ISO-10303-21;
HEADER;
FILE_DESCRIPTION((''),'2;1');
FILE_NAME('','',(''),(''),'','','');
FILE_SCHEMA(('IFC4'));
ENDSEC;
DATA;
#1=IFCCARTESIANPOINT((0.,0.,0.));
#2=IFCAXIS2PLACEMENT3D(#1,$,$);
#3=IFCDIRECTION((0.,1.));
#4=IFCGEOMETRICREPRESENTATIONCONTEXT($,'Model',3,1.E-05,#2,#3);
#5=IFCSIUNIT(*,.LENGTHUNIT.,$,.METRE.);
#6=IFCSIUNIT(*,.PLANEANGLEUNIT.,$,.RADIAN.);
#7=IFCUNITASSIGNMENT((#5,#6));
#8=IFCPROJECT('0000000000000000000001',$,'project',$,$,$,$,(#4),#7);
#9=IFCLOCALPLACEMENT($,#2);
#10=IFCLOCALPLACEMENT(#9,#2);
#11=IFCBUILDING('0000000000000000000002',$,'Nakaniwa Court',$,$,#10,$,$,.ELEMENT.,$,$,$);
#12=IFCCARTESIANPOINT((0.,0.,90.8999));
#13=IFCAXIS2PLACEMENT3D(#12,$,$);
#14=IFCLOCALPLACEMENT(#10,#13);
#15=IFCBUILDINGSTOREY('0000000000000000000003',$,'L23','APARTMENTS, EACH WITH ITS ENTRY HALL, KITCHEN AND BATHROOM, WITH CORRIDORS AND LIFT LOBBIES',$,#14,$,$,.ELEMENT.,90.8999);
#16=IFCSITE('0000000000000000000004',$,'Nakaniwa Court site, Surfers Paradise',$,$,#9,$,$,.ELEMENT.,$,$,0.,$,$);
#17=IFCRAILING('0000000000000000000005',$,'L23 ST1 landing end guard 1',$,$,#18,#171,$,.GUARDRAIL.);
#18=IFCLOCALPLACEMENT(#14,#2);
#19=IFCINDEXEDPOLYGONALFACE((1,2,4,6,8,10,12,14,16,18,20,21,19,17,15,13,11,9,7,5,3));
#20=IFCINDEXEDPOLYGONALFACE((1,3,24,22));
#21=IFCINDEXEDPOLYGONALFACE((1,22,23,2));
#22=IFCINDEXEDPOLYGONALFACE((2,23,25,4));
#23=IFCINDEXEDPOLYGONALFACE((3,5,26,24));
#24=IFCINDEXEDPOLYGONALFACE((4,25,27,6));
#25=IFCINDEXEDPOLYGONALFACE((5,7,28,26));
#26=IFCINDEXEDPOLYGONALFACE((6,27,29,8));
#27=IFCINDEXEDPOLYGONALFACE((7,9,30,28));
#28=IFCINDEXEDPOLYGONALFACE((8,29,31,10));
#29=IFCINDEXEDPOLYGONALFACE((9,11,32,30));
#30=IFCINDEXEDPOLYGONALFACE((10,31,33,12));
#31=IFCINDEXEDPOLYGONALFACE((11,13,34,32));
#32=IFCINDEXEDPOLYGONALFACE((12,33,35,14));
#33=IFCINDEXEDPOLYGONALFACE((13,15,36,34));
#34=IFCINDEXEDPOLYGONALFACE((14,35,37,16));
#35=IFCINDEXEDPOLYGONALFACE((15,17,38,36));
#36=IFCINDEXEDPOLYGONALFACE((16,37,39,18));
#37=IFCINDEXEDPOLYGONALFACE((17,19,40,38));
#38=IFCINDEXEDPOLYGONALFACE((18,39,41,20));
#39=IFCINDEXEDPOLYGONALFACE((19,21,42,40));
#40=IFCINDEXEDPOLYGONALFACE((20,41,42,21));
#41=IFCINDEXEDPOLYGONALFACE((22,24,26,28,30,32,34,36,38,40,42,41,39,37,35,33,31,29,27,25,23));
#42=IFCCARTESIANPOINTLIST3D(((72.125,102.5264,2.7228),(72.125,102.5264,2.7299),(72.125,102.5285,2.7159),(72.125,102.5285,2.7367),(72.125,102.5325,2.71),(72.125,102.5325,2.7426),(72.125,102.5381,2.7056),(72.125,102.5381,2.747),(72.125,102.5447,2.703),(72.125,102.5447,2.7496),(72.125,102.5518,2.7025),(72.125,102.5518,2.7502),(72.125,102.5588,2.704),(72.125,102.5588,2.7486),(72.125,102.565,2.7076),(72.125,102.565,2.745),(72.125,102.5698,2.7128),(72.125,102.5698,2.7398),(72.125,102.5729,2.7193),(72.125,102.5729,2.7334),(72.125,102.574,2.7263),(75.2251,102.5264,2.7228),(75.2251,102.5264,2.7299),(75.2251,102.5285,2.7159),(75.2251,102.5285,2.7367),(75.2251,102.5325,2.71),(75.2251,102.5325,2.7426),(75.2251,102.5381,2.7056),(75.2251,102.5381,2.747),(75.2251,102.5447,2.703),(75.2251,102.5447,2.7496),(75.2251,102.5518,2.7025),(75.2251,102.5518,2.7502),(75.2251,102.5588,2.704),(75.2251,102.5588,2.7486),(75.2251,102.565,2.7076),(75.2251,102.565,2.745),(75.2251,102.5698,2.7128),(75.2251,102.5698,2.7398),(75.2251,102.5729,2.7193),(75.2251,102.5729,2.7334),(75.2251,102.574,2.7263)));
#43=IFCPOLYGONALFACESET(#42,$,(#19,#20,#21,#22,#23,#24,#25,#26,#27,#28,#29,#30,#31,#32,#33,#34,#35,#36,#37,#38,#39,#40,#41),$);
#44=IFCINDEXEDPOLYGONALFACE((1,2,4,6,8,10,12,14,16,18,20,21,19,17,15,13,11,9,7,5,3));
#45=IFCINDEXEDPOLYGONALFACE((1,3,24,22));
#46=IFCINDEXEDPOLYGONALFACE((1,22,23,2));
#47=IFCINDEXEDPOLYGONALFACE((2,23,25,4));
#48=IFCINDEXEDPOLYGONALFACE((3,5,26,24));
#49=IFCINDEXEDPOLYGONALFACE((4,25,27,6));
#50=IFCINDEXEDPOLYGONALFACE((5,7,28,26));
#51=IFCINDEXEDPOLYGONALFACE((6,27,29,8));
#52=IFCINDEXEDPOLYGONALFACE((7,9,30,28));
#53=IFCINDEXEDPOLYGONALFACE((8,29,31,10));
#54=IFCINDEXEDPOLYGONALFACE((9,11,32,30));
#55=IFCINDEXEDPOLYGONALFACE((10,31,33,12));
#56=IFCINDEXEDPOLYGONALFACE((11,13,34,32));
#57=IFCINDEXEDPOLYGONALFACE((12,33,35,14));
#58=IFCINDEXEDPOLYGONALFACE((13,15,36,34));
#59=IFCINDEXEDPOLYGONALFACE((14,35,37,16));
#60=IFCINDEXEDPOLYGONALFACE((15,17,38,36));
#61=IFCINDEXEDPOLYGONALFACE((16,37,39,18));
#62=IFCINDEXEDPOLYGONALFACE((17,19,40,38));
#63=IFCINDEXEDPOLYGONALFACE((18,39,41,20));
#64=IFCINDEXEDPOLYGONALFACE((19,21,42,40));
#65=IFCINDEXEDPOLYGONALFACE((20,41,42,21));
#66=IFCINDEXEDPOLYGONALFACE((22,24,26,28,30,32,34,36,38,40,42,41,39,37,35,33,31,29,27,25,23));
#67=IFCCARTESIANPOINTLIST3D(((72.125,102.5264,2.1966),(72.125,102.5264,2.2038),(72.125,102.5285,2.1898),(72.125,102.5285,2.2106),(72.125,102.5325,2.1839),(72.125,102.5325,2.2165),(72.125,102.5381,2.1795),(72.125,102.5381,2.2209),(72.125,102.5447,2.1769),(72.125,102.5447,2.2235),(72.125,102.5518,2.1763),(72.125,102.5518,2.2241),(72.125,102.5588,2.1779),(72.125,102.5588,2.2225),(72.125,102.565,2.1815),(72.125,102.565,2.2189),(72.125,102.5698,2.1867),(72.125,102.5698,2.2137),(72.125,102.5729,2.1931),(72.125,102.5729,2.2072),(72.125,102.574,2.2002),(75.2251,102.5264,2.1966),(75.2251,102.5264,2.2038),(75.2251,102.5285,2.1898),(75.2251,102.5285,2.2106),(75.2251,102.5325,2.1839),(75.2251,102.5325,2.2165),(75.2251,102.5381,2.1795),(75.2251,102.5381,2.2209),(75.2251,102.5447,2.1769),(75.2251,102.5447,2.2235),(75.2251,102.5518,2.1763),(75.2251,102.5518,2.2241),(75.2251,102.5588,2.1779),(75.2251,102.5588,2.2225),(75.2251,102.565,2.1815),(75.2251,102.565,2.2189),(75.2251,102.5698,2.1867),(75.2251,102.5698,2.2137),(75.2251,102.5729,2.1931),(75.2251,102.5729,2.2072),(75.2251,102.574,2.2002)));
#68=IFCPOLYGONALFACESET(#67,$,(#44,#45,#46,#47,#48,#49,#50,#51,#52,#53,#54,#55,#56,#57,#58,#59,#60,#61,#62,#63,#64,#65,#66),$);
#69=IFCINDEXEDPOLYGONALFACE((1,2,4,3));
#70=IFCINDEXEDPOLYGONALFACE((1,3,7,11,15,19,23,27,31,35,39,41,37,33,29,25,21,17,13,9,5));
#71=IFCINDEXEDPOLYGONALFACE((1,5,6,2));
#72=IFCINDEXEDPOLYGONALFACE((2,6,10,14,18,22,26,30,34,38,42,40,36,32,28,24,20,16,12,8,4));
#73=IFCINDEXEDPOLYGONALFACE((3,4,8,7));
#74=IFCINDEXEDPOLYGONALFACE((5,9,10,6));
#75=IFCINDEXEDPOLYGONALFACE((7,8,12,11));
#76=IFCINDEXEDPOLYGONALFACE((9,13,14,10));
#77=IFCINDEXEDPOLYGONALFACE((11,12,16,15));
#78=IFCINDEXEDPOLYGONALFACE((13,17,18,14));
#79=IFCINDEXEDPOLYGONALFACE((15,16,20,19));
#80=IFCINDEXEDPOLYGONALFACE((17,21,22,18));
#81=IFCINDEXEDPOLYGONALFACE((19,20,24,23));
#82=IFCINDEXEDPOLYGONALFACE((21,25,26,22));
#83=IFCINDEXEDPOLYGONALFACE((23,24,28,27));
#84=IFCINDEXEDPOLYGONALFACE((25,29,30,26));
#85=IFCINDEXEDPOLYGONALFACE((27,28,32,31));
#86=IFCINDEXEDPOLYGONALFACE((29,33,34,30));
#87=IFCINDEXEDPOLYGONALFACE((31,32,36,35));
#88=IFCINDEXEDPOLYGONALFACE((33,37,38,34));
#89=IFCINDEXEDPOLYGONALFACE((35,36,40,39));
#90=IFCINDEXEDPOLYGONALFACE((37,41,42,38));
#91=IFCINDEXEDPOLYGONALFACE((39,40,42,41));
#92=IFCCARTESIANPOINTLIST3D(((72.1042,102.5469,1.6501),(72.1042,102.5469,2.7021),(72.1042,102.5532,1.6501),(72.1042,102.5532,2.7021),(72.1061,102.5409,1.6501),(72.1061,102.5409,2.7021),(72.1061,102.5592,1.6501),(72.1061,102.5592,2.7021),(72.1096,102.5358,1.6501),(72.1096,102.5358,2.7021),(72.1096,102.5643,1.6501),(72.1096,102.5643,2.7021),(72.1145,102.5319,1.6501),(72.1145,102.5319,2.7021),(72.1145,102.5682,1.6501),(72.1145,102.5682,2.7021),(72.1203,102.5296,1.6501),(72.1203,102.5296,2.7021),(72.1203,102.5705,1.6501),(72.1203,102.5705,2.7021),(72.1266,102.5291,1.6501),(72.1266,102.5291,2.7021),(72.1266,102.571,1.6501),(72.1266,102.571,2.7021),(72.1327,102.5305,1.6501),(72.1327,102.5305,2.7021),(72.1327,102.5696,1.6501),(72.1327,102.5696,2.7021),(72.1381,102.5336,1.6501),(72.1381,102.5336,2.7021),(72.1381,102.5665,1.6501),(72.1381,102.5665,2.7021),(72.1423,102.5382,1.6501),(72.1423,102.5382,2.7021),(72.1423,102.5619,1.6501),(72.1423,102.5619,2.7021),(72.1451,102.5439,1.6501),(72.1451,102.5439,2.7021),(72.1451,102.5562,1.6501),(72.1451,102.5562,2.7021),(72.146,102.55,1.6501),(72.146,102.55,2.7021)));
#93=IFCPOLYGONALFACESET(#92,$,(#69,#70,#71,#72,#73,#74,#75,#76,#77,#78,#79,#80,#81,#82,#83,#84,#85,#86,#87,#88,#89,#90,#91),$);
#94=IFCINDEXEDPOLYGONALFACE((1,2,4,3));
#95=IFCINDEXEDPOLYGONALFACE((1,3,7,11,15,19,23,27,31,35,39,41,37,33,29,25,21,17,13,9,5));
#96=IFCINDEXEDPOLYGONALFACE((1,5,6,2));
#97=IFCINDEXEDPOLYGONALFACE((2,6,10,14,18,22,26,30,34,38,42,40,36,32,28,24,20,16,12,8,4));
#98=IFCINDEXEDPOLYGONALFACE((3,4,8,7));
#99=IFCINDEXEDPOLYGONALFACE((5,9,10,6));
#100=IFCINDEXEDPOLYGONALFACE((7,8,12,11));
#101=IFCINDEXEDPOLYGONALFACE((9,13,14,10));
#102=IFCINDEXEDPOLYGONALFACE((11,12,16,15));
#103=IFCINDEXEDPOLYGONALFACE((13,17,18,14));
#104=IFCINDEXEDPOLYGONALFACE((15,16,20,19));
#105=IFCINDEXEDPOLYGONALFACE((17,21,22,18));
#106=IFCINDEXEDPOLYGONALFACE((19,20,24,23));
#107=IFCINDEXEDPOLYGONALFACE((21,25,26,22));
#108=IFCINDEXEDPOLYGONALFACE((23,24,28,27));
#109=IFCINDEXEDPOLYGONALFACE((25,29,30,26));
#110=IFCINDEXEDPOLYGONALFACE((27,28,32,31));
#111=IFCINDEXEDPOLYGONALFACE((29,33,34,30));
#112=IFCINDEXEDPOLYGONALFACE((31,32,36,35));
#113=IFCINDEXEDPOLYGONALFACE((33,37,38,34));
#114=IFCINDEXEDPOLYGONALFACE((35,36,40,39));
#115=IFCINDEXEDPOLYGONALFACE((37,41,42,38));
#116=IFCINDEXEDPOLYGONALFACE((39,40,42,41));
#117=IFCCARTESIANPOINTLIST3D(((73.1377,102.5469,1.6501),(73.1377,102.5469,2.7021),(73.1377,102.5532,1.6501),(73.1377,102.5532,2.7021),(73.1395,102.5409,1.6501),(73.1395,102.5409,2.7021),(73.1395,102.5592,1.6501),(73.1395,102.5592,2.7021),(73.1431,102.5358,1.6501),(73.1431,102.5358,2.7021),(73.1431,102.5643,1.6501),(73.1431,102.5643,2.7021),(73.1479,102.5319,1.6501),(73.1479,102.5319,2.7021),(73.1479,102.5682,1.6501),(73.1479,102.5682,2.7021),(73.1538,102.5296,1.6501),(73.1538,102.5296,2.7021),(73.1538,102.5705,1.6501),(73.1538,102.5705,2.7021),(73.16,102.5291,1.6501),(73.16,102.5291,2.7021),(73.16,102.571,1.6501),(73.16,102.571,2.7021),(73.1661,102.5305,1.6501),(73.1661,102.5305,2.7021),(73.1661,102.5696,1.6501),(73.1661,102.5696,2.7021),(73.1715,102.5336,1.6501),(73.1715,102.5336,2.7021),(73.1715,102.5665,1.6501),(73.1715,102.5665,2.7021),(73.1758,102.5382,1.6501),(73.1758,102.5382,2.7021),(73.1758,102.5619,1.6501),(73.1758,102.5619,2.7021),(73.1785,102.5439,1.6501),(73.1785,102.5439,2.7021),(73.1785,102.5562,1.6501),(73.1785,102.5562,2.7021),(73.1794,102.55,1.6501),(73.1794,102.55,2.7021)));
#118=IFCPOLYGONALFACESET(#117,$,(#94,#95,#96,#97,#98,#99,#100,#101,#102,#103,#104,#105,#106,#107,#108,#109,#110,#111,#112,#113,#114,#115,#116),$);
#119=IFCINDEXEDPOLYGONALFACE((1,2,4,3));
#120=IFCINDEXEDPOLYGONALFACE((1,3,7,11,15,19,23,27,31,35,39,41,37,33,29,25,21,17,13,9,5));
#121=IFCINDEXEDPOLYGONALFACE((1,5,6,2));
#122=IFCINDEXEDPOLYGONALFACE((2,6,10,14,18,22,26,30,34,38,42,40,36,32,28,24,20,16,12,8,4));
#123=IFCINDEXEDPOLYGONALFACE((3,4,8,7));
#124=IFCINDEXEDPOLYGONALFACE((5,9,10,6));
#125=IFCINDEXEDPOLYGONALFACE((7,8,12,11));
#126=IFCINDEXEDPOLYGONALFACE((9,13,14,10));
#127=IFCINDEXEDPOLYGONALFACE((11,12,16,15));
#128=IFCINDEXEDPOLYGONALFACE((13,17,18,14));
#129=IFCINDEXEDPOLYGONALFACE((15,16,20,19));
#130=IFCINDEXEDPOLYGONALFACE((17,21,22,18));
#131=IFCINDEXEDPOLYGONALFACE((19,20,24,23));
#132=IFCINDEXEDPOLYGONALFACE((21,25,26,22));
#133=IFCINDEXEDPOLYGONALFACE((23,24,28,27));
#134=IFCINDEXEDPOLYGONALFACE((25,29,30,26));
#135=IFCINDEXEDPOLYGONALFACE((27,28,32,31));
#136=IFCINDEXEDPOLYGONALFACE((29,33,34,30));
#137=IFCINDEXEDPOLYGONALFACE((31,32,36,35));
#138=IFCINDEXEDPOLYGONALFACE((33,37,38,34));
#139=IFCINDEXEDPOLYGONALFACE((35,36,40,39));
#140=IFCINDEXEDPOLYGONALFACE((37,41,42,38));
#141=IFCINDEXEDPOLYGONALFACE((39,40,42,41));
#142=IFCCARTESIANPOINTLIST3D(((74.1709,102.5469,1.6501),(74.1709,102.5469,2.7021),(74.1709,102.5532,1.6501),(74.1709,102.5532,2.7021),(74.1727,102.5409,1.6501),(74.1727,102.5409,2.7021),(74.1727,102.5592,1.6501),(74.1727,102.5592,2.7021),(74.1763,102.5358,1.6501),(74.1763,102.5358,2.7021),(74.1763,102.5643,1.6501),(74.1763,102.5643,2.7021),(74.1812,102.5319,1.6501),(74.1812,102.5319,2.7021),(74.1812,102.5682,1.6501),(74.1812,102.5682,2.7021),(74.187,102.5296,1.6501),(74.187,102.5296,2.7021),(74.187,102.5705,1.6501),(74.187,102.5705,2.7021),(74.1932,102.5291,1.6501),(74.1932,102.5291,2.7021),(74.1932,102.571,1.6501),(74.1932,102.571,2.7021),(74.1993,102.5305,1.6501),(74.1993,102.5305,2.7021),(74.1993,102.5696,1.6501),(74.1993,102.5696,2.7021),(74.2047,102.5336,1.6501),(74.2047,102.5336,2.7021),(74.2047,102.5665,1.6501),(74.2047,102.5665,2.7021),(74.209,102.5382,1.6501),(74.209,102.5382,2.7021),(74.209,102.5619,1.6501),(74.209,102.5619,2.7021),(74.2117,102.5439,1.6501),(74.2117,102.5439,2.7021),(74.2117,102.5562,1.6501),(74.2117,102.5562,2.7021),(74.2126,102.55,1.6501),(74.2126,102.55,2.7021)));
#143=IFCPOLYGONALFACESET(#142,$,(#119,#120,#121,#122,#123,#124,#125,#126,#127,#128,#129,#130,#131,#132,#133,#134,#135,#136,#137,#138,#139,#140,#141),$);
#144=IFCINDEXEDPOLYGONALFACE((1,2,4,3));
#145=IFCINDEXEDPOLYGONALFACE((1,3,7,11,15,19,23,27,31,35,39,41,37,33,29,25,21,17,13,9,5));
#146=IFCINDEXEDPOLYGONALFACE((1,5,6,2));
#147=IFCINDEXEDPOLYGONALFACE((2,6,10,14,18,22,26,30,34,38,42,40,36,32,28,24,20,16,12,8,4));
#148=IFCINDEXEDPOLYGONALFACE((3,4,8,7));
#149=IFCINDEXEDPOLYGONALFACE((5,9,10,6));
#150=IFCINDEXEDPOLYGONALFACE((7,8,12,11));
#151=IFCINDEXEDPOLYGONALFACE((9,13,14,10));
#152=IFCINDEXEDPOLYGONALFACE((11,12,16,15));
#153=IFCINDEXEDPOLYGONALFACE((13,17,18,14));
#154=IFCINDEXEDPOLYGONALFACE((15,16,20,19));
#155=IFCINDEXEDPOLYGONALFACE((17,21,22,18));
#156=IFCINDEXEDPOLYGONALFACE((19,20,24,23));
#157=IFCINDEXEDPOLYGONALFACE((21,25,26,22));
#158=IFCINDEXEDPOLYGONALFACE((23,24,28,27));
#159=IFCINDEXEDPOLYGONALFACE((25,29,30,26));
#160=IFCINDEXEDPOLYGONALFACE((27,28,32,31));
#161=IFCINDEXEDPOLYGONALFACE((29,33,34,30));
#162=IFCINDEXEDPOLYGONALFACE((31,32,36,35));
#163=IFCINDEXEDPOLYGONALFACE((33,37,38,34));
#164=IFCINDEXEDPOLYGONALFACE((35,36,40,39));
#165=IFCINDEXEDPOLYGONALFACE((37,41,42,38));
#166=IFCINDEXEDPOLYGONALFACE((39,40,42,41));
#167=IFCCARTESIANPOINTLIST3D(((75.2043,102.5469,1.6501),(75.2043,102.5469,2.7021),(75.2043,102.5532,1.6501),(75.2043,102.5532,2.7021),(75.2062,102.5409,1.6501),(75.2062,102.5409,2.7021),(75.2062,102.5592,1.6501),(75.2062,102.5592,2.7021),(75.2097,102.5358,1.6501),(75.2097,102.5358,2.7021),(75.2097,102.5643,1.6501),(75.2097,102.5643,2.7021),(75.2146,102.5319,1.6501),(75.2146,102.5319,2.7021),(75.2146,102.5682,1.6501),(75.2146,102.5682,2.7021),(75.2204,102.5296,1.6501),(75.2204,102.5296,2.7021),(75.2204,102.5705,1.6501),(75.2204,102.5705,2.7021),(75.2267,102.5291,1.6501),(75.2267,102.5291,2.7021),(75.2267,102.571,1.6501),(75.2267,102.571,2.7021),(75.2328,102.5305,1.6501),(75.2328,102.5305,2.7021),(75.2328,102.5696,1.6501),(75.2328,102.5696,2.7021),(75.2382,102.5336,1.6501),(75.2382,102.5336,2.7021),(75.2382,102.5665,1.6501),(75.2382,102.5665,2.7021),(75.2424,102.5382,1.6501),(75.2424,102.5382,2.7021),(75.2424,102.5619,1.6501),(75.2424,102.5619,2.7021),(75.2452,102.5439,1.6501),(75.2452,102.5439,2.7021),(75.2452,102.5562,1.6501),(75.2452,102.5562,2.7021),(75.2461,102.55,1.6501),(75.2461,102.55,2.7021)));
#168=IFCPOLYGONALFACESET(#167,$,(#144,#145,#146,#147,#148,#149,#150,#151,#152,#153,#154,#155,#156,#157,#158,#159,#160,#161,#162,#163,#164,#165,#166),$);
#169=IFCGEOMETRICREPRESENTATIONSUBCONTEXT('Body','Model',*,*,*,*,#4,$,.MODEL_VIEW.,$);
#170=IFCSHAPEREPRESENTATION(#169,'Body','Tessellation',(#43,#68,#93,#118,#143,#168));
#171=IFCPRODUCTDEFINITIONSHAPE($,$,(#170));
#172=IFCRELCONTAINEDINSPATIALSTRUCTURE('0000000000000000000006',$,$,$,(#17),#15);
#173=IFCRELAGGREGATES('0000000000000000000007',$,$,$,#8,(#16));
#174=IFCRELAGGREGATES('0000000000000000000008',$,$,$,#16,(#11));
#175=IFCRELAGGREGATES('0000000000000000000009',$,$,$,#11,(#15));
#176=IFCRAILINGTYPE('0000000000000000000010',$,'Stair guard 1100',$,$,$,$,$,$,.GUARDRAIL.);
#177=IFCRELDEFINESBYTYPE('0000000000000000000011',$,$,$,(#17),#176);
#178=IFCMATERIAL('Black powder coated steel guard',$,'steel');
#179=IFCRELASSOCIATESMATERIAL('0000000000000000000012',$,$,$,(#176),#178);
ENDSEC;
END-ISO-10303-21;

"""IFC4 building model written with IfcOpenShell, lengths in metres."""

from ifc_helpers import new_model, si_unit, direction, frame, origin, origin_2d, place, context, subcontext, project, spatial, circle, extrude, material, type_object, element, save


model = new_model("IFC4")

# Units and contexts
model_context = context("Model", 3, precision=1e-05, world=origin(), true_north=direction((0.0, 1.0)))
body_context = subcontext(model_context, "Body", "Model", "MODEL_VIEW")
ifc_project = project(units=[si_unit("LENGTHUNIT", "METRE"), si_unit("PLANEANGLEUNIT", "RADIAN")], contexts=[model_context])

# Site, building, storey
site_placement = place(None, origin())
site = spatial("IfcSite", under=ifc_project, at=site_placement, Name="Nakaniwa Court site, Surfers Paradise", CompositionType="ELEMENT", RefElevation=0.0)
building_placement = place(site_placement, origin())
building = spatial("IfcBuilding", under=site, at=building_placement, Name="Nakaniwa Court", CompositionType="ELEMENT")
storey_placement = place(building_placement, frame((0.0, 0.0, 90.8999)))
storey = spatial("IfcBuildingStorey", under=building, at=storey_placement, Name="L23", Description="APARTMENTS, EACH WITH ITS ENTRY HALL, KITCHEN AND BATHROOM, WITH CORRIDORS AND LIFT LOBBIES", CompositionType="ELEMENT", Elevation=90.8999)

# Railing
ifc_material_1 = material(Name="Black powder coated steel guard", Category="steel")
railing_type_1 = type_object("IfcRailingType", Name="Stair guard 1100", PredefinedType="GUARDRAIL", material=ifc_material_1)
railing_1_placement = place(storey_placement, frame((72.125, 102.55, 1.6501)))
element("IfcRailing", 1, at=railing_1_placement, inside=storey, type_object=railing_type_1, Name="L23 ST1 landing end guard 1", PredefinedType="GUARDRAIL", context=body_context, shape_type="SweptSolid", body=[
    extrude(circle(Radius=0.0239, at=origin_2d()), frame((0.0, 0.0, 1.0762), z_axis=(1.0, 0.0, 0.0), x_axis=(0.0, 1.0, 0.0)), (0.0, 0.0, 1.0), 3.1001),
    extrude(circle(Radius=0.0239, at=origin_2d()), frame((0.0, 0.0, 0.55), z_axis=(1.0, 0.0, 0.0), x_axis=(0.0, 1.0, 0.0)), (0.0, 0.0, 1.0), 3.1001),
    extrude(circle(Radius=0.021, at=origin_2d()), origin(), (0.0, 0.0, 1.0), 1.052),
    extrude(circle(Radius=0.021, at=origin_2d()), frame((1.0334, 0.0, 0.0)), (0.0, 0.0, 1.0), 1.052),
    extrude(circle(Radius=0.021, at=origin_2d()), frame((2.0667, 0.0, 0.0)), (0.0, 0.0, 1.0), 1.052),
    extrude(circle(Radius=0.021, at=origin_2d()), frame((3.1001, 0.0, 0.0)), (0.0, 0.0, 1.0), 1.052),
])

save(model, "model.ifc")
